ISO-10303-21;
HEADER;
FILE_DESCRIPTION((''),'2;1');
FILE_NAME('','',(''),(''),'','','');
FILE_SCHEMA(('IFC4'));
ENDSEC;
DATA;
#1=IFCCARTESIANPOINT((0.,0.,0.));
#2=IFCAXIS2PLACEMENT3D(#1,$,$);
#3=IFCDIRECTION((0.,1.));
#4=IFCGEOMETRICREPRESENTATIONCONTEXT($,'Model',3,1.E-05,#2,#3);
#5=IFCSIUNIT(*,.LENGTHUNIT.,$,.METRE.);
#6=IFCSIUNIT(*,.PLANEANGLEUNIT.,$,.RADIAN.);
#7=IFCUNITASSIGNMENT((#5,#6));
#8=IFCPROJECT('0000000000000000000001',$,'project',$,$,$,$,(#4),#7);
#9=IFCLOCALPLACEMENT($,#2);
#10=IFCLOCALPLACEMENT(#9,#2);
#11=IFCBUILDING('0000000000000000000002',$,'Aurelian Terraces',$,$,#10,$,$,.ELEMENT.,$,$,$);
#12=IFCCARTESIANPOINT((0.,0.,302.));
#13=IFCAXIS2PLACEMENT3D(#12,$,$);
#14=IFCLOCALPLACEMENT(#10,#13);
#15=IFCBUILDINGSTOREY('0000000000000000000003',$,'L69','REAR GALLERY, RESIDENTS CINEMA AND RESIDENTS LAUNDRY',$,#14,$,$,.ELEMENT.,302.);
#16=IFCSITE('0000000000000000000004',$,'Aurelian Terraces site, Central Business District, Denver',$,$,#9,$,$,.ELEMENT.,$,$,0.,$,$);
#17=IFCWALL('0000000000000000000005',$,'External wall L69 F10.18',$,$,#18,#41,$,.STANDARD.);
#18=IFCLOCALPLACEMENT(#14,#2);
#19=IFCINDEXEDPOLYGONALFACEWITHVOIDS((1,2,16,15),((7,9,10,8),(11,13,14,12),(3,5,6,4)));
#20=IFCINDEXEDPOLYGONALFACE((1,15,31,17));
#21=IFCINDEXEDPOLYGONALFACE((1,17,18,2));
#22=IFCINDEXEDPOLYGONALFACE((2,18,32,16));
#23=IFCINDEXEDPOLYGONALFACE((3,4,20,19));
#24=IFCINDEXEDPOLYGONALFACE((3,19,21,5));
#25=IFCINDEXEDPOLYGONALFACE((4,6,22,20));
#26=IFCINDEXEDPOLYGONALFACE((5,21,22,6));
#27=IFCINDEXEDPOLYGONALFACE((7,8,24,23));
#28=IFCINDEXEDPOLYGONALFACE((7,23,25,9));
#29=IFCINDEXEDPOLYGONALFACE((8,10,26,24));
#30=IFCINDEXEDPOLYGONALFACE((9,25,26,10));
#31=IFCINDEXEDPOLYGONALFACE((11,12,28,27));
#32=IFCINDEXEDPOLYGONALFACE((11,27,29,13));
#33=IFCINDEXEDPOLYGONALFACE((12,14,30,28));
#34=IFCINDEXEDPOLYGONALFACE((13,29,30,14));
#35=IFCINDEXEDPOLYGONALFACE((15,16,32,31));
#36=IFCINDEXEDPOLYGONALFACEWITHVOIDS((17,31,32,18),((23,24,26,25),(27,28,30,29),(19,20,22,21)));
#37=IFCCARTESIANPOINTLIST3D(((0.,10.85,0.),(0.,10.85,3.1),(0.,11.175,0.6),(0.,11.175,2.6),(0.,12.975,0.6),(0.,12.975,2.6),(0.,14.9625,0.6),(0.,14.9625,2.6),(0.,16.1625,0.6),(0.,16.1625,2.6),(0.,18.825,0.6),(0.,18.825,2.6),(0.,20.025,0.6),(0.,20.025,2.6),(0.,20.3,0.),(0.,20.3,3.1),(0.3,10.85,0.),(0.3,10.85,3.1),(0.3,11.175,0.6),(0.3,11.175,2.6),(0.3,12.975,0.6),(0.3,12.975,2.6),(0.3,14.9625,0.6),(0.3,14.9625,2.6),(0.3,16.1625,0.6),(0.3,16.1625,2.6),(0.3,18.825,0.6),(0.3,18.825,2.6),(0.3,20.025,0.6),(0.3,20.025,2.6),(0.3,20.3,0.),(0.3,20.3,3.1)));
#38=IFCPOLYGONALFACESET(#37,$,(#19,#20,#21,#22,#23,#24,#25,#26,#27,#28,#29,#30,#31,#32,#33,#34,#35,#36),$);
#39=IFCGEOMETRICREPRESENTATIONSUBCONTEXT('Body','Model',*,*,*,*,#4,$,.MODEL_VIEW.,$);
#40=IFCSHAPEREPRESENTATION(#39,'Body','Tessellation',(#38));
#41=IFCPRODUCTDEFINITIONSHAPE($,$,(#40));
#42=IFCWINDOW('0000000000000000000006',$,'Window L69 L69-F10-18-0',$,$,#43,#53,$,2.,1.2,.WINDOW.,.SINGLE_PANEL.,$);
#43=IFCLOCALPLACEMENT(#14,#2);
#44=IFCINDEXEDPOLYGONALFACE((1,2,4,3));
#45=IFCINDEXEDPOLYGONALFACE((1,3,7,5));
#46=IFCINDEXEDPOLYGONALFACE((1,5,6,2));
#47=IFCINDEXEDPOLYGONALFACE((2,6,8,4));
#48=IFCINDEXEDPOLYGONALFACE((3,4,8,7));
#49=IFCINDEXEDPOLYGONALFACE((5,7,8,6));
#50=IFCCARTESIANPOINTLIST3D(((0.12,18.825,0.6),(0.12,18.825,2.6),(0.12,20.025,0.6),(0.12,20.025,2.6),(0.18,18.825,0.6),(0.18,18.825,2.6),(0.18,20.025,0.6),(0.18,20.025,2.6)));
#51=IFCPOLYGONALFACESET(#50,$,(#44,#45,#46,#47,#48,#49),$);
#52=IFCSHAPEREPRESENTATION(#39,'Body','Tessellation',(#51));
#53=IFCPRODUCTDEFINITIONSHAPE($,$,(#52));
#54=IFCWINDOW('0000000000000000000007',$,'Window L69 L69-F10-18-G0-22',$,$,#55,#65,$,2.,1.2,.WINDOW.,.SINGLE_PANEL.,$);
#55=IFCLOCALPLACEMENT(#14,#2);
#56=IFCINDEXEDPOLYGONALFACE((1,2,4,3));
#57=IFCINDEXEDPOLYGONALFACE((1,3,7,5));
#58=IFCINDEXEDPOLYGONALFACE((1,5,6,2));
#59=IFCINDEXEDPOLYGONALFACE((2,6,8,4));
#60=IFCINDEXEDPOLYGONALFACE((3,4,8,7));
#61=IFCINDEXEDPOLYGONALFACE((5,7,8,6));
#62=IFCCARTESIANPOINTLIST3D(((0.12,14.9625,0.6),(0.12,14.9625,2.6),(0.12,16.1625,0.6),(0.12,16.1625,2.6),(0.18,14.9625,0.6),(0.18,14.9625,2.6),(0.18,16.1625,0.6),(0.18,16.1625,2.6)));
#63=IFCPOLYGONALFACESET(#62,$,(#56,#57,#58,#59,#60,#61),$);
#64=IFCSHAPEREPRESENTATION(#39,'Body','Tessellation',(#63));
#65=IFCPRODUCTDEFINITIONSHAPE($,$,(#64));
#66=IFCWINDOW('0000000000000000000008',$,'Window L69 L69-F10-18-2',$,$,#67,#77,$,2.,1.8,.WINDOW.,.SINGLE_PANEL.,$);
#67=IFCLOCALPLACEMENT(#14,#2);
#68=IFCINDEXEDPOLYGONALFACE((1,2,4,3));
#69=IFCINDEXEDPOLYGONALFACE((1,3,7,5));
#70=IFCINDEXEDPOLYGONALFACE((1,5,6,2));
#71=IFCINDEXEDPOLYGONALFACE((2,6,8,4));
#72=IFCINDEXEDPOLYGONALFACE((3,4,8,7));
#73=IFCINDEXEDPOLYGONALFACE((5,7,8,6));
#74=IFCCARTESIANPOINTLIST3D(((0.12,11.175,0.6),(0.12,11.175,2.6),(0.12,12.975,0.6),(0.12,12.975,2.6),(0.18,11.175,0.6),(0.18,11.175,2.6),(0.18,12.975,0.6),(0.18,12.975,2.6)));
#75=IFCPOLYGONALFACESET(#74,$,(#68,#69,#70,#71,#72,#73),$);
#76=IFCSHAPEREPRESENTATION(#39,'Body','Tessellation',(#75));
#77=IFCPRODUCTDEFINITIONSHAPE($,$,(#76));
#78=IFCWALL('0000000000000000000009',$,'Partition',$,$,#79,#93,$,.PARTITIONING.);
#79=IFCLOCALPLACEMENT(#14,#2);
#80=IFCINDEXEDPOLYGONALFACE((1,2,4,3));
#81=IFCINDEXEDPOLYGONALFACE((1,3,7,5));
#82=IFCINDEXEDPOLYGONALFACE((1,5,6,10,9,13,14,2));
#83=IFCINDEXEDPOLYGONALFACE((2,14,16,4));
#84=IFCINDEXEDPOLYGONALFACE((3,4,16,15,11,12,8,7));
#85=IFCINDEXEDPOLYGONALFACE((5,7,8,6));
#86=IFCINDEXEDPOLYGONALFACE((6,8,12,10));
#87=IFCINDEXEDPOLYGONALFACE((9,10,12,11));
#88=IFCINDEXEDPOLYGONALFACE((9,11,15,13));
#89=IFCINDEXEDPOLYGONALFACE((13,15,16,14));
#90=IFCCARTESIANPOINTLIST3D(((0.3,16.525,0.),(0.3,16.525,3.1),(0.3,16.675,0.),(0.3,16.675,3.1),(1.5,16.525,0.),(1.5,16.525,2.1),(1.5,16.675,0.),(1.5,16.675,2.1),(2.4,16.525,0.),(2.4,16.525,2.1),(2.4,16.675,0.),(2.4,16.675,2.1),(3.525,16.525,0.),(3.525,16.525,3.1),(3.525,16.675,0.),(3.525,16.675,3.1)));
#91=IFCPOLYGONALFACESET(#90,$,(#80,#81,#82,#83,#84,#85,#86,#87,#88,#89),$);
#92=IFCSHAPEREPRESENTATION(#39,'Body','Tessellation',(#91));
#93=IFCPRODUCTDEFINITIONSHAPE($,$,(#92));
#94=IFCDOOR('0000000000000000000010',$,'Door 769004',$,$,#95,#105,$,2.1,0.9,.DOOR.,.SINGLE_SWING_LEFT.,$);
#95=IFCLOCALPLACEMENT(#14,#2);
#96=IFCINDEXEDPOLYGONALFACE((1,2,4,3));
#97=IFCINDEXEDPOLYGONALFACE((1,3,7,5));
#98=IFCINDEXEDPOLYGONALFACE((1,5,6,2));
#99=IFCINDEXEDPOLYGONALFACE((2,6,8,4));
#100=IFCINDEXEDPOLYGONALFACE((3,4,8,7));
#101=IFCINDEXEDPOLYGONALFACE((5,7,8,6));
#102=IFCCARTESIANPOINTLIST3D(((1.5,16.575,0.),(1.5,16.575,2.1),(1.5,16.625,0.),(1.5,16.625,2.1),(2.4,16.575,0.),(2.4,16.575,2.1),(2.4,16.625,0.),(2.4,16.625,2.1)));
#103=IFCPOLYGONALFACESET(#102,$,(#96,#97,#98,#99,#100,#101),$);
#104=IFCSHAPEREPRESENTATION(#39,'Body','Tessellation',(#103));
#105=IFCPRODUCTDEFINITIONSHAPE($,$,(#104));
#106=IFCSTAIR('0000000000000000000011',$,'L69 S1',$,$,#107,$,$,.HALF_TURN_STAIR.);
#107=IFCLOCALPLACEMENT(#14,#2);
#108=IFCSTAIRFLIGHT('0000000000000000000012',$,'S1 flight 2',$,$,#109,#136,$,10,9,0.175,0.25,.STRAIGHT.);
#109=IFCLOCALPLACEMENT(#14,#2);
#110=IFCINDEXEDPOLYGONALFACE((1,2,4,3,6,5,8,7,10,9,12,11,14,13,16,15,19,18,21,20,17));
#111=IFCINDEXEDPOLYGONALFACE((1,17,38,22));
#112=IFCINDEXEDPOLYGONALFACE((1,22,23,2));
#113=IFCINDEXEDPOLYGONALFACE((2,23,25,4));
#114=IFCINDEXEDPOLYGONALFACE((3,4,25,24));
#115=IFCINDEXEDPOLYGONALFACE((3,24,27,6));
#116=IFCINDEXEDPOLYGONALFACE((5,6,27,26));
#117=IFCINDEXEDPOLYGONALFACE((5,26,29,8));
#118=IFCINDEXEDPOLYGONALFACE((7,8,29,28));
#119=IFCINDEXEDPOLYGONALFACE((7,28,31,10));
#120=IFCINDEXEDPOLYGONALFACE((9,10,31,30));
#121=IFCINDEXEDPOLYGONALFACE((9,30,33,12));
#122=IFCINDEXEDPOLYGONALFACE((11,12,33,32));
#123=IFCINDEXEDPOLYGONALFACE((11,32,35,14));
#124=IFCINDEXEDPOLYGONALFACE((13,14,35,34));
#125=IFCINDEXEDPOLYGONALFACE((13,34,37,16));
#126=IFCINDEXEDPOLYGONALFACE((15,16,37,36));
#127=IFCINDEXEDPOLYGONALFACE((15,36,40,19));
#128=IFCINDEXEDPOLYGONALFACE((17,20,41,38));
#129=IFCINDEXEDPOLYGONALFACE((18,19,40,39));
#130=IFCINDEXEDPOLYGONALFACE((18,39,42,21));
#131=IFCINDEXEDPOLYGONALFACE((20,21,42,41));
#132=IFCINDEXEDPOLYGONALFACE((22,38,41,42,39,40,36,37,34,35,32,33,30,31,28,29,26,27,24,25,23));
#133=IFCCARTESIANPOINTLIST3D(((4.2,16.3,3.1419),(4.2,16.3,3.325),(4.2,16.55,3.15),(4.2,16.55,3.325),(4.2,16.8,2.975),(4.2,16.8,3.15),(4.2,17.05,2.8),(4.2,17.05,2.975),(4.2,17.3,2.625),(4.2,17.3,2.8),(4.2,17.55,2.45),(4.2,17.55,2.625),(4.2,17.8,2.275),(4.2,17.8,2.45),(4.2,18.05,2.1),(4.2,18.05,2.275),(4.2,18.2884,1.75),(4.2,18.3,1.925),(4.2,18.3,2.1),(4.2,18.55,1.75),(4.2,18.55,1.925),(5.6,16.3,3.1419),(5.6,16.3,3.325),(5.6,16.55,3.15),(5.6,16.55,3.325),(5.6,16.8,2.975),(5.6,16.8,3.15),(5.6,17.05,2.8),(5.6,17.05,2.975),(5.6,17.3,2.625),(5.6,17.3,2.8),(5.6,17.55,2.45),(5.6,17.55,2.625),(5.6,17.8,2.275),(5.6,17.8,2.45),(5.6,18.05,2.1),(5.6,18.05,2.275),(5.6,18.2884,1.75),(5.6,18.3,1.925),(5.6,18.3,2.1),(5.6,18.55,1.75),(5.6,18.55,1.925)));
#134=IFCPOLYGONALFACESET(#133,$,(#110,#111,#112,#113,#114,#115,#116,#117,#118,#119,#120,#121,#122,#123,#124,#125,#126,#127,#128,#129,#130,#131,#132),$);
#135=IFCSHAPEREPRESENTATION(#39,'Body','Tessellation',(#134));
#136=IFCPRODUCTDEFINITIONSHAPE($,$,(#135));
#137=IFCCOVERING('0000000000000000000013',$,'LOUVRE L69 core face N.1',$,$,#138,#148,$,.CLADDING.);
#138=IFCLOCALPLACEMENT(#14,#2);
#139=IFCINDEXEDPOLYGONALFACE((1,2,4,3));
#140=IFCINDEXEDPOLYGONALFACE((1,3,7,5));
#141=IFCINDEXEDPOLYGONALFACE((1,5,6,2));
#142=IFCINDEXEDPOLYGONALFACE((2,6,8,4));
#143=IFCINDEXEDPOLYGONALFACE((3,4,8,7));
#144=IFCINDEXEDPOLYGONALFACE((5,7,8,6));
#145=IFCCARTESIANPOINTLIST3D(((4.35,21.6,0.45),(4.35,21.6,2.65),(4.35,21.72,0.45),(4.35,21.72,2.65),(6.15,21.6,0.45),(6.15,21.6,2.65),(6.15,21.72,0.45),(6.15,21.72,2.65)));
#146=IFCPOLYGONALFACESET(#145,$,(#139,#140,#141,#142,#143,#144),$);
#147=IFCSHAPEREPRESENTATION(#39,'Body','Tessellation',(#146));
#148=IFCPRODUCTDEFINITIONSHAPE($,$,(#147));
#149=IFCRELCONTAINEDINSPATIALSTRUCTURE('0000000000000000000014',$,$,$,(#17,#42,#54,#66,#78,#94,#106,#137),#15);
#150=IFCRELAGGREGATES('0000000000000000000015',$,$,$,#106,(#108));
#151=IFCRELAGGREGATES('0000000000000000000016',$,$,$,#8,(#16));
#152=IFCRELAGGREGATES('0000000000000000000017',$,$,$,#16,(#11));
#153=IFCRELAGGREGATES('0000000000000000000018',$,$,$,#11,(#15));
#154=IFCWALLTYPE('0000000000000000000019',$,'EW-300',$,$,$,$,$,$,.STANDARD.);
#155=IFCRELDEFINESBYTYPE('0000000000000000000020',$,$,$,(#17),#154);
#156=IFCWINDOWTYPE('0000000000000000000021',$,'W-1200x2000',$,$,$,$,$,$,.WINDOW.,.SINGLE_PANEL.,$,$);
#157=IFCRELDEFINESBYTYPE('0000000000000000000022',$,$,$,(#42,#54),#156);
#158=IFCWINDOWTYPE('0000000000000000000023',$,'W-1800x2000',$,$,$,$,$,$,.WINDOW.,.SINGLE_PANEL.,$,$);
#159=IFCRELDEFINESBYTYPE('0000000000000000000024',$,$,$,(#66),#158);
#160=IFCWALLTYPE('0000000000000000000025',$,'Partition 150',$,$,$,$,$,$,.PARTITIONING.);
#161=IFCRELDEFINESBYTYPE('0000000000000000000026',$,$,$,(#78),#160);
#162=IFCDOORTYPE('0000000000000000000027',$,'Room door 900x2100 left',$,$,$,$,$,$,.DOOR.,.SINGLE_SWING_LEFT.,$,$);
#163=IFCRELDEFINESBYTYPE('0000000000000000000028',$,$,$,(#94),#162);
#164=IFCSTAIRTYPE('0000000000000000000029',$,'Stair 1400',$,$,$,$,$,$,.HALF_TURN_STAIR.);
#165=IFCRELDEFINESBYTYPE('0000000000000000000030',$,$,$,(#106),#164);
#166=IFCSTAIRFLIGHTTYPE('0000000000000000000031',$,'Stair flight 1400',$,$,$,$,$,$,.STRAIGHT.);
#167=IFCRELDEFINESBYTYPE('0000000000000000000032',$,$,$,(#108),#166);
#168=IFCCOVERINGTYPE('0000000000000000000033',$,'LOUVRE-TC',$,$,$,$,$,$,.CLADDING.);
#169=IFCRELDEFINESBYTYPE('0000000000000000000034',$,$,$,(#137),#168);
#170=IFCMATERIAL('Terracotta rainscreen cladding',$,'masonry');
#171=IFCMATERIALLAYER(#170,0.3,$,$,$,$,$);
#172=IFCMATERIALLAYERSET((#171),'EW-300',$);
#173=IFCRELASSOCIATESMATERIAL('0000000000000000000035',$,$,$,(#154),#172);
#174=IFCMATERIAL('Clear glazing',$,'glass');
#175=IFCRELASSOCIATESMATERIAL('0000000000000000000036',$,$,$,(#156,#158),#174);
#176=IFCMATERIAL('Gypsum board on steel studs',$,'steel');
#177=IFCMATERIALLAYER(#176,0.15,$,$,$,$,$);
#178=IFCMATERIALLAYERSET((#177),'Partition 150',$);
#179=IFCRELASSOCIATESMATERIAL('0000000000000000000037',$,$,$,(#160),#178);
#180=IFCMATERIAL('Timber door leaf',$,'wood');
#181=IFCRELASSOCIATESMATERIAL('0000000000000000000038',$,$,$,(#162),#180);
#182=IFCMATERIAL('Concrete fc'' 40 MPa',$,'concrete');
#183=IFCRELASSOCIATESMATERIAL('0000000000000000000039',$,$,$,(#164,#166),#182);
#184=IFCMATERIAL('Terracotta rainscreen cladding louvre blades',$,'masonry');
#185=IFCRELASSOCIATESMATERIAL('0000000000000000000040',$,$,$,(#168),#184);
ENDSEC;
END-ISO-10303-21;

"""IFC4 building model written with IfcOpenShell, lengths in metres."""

from ifc_helpers import new_model, si_unit, direction, frame, frame_2d, origin, origin_2d, place, context, subcontext, project, spatial, polyline, rectangle, outline, extrude, source, transform, mapped, material, layer, layer_set, type_object, element, fill, aggregate, save


model = new_model("IFC4")

# Units and contexts
model_context = context("Model", 3, precision=1e-05, world=origin(), true_north=direction((0.0, 1.0)))
body_context = subcontext(model_context, "Body", "Model", "MODEL_VIEW")
ifc_project = project(units=[si_unit("LENGTHUNIT", "METRE"), si_unit("PLANEANGLEUNIT", "RADIAN")], contexts=[model_context])

# Site, building, storey
site_placement = place(None, origin())
site = spatial("IfcSite", under=ifc_project, at=site_placement, Name="Aurelian Terraces site, Central Business District, Denver", CompositionType="ELEMENT", RefElevation=0.0)
building_placement = place(site_placement, origin())
building = spatial("IfcBuilding", under=site, at=building_placement, Name="Aurelian Terraces", CompositionType="ELEMENT")
storey_placement = place(building_placement, frame((0.0, 0.0, 302.0)))
storey = spatial("IfcBuildingStorey", under=building, at=storey_placement, Name="L69", Description="REAR GALLERY, RESIDENTS CINEMA AND RESIDENTS LAUNDRY", CompositionType="ELEMENT", Elevation=302.0)

# Shared definitions
ifc_material_1 = material(Name="Terracotta rainscreen cladding", Category="masonry")
ifc_layer_1 = layer(ifc_material_1, 0.3)
ifc_layer_set_1 = layer_set([ifc_layer_1], Name="EW-300")
wall_type_1 = type_object("IfcWallType", Name="EW-300", PredefinedType="STANDARD", material=ifc_layer_set_1)
ifc_material_2 = material(Name="Clear glazing", Category="glass")

# Wall, openings, windows
shared_shape_1 = source(origin(), body_context, "Body", "SweptSolid", [
    extrude(rectangle(XDim=9.45, YDim=0.3, at=frame_2d((4.725, 0.0))), origin(), (0.0, 0.0, 1.0), 3.1),
])
wall_1_placement = place(storey_placement, frame((0.15, 20.3, 0.0), z_axis=(0.0, 0.0, 1.0), x_axis=(0.0, -1.0, 0.0)))
wall_1 = element("IfcWall", 1, at=wall_1_placement, inside=storey, type_object=wall_type_1, Name="External wall L69 F10.18", PredefinedType="STANDARD", context=body_context, shape_type="MappedRepresentation", body=[
    mapped(shared_shape_1, transform((0.0, 0.0, 0.0), scale=1.0)),
])
shared_shape_2 = source(origin(), body_context, "Body", "SweptSolid", [
    extrude(rectangle(XDim=1.2, YDim=2.0, at=frame_2d((0.6, 1.0))), frame((0.0, 0.16, 0.0), z_axis=(0.0, -1.0, 0.0), x_axis=(1.0, 0.0, 0.0)), (0.0, 0.0, 1.0), 0.32),
])
opening_1_placement = place(wall_1_placement, frame((0.275, 0.0, 0.6)))
opening_1 = element("IfcOpeningElement", 2, at=opening_1_placement, cuts=wall_1, PredefinedType="OPENING", context=body_context, shape_type="MappedRepresentation", body=[
    mapped(shared_shape_2, transform((0.0, 0.0, 0.0), scale=1.0)),
])
shared_shape_3 = source(origin(), body_context, "Body", "SweptSolid", [
    extrude(rectangle(XDim=1.8, YDim=2.0, at=frame_2d((0.9, 1.0))), frame((0.0, 0.16, 0.0), z_axis=(0.0, -1.0, 0.0), x_axis=(1.0, 0.0, 0.0)), (0.0, 0.0, 1.0), 0.32),
])
opening_2_placement = place(wall_1_placement, frame((7.325, 0.0, 0.6)))
opening_2 = element("IfcOpeningElement", 3, at=opening_2_placement, cuts=wall_1, PredefinedType="OPENING", context=body_context, shape_type="MappedRepresentation", body=[
    mapped(shared_shape_3, transform((0.0, 0.0, 0.0), scale=1.0)),
])
opening_3_placement = place(wall_1_placement, frame((4.1375, 0.0, 0.6)))
opening_3 = element("IfcOpeningElement", 4, at=opening_3_placement, cuts=wall_1, PredefinedType="OPENING", context=body_context, shape_type="MappedRepresentation", body=[
    mapped(shared_shape_2, transform((0.0, 0.0, 0.0), scale=1.0)),
])
window_type_1 = type_object("IfcWindowType", Name="W-1200x2000", PartitioningType="SINGLE_PANEL", PredefinedType="WINDOW", material=ifc_material_2)
shared_shape_4 = source(origin(), body_context, "Body", "SweptSolid", [
    extrude(rectangle(XDim=1.2, YDim=2.0, at=frame_2d((0.6, 1.0))), frame((0.0, 0.03, 0.0), z_axis=(0.0, -1.0, 0.0), x_axis=(1.0, 0.0, 0.0)), (0.0, 0.0, 1.0), 0.06),
])
window_1_placement = place(opening_1_placement, origin())
window_1 = element("IfcWindow", 5, at=window_1_placement, inside=storey, type_object=window_type_1, Name="Window L69 L69-F10-18-0", OverallHeight=2.0, OverallWidth=1.2, PartitioningType="SINGLE_PANEL", PredefinedType="WINDOW", context=body_context, shape_type="MappedRepresentation", body=[
    mapped(shared_shape_4, transform((0.0, 0.0, 0.0), scale=1.0)),
])
fill(opening_1, window_1)
window_2_placement = place(opening_3_placement, origin())
window_2 = element("IfcWindow", 6, at=window_2_placement, inside=storey, type_object=window_type_1, Name="Window L69 L69-F10-18-G0-22", OverallHeight=2.0, OverallWidth=1.2, PartitioningType="SINGLE_PANEL", PredefinedType="WINDOW", context=body_context, shape_type="MappedRepresentation", body=[
    mapped(shared_shape_4, transform((0.0, 0.0, 0.0), scale=1.0)),
])
fill(opening_3, window_2)
window_type_2 = type_object("IfcWindowType", Name="W-1800x2000", PartitioningType="SINGLE_PANEL", PredefinedType="WINDOW", material=ifc_material_2)
shared_shape_5 = source(origin(), body_context, "Body", "SweptSolid", [
    extrude(rectangle(XDim=1.8, YDim=2.0, at=frame_2d((0.9, 1.0))), frame((0.0, 0.03, 0.0), z_axis=(0.0, -1.0, 0.0), x_axis=(1.0, 0.0, 0.0)), (0.0, 0.0, 1.0), 0.06),
])
window_3_placement = place(opening_2_placement, origin())
window_3 = element("IfcWindow", 7, at=window_3_placement, inside=storey, type_object=window_type_2, Name="Window L69 L69-F10-18-2", OverallHeight=2.0, OverallWidth=1.8, PartitioningType="SINGLE_PANEL", PredefinedType="WINDOW", context=body_context, shape_type="MappedRepresentation", body=[
    mapped(shared_shape_5, transform((0.0, 0.0, 0.0), scale=1.0)),
])
fill(opening_2, window_3)

# Wall, opening, door
ifc_material_3 = material(Name="Gypsum board on steel studs", Category="steel")
ifc_layer_2 = layer(ifc_material_3, 0.15)
ifc_layer_set_2 = layer_set([ifc_layer_2], Name="Partition 150")
wall_type_2 = type_object("IfcWallType", Name="Partition 150", PredefinedType="PARTITIONING", material=ifc_layer_set_2)
shared_shape_6 = source(origin(), body_context, "Body", "SweptSolid", [
    extrude(rectangle(XDim=3.225, YDim=0.15, at=frame_2d((1.6125, 0.0))), origin(), (0.0, 0.0, 1.0), 3.1),
])
wall_2_placement = place(storey_placement, frame((0.3, 16.6, 0.0), z_axis=(0.0, 0.0, 1.0), x_axis=(1.0, 0.0, 0.0)))
wall_2 = element("IfcWall", 8, at=wall_2_placement, inside=storey, type_object=wall_type_2, Name="Partition", PredefinedType="PARTITIONING", context=body_context, shape_type="MappedRepresentation", body=[
    mapped(shared_shape_6, transform((0.0, 0.0, 0.0), scale=1.0)),
])
shared_shape_7 = source(origin(), body_context, "Body", "SweptSolid", [
    extrude(rectangle(XDim=0.9, YDim=2.1, at=frame_2d((0.45, 1.05))), frame((0.0, 0.085, 0.0), z_axis=(0.0, -1.0, 0.0), x_axis=(1.0, 0.0, 0.0)), (0.0, 0.0, 1.0), 0.17),
])
opening_4_placement = place(wall_2_placement, frame((1.2, 0.0, 0.0)))
opening_4 = element("IfcOpeningElement", 9, at=opening_4_placement, cuts=wall_2, PredefinedType="OPENING", context=body_context, shape_type="MappedRepresentation", body=[
    mapped(shared_shape_7, transform((0.0, 0.0, 0.0), scale=1.0)),
])
ifc_material_4 = material(Name="Timber door leaf", Category="wood")
door_type = type_object("IfcDoorType", Name="Room door 900x2100 left", OperationType="SINGLE_SWING_LEFT", PredefinedType="DOOR", material=ifc_material_4)
shared_shape_8 = source(origin(), body_context, "Body", "SweptSolid", [
    extrude(rectangle(XDim=0.9, YDim=2.1, at=frame_2d((0.45, 1.05))), frame((0.0, 0.025, 0.0), z_axis=(0.0, -1.0, 0.0), x_axis=(1.0, 0.0, 0.0)), (0.0, 0.0, 1.0), 0.05),
])
door_placement = place(opening_4_placement, origin())
door = element("IfcDoor", 10, at=door_placement, inside=storey, type_object=door_type, Name="Door 769004", OperationType="SINGLE_SWING_LEFT", OverallHeight=2.1, OverallWidth=0.9, PredefinedType="DOOR", context=body_context, shape_type="MappedRepresentation", body=[
    mapped(shared_shape_8, transform((0.0, 0.0, 0.0), scale=1.0)),
])
fill(opening_4, door)

# Stair, stair flight
ifc_material_5 = material(Name="Concrete fc' 40 MPa", Category="concrete")
stair_type = type_object("IfcStairType", Name="Stair 1400", PredefinedType="HALF_TURN_STAIR", material=ifc_material_5)
stair_placement = place(storey_placement, origin())
stair = element("IfcStair", 11, at=stair_placement, inside=storey, type_object=stair_type, Name="L69 S1", PredefinedType="HALF_TURN_STAIR")
stair_flight_type = type_object("IfcStairFlightType", Name="Stair flight 1400", PredefinedType="STRAIGHT", material=ifc_material_5)
shared_shape_9 = source(origin(), body_context, "Body", "SweptSolid", [
    extrude(outline(polyline([(0.0, 0.0), (0.0, 0.175), (0.25, 0.175), (0.25, 0.35), (0.5, 0.35), (0.5, 0.525), (0.75, 0.525), (0.75, 0.7), (1.0, 0.7), (1.0, 0.875), (1.25, 0.875), (1.25, 1.05), (1.5, 1.05), (1.5, 1.225), (1.75, 1.225), (1.75, 1.4), (2.0, 1.4), (2.0, 1.575), (2.25, 1.575), (2.25, 1.75), (2.25, 1.3919), (0.2616, 0.0), (0.0, 0.0)])), frame((0.0, 0.7, 0.0), z_axis=(0.0, -1.0, 0.0), x_axis=(1.0, 0.0, 0.0)), (0.0, 0.0, 1.0), 1.4),
])
stair_flight_placement = place(storey_placement, frame((4.9, 18.55, 1.75), z_axis=(0.0, 0.0, 1.0), x_axis=(0.0, -1.0, 0.0)))
stair_flight = element("IfcStairFlight", 12, at=stair_flight_placement, type_object=stair_flight_type, Name="S1 flight 2", NumberOfRisers=10, NumberOfTreads=9, PredefinedType="STRAIGHT", RiserHeight=0.175, TreadLength=0.25, context=body_context, shape_type="MappedRepresentation", body=[
    mapped(shared_shape_9, transform((0.0, 0.0, 0.0), scale=1.0)),
])
aggregate(stair, [stair_flight])

# Covering
ifc_material_6 = material(Name="Terracotta rainscreen cladding louvre blades", Category="masonry")
covering_type_1 = type_object("IfcCoveringType", Name="LOUVRE-TC", PredefinedType="CLADDING", material=ifc_material_6)
shared_shape_10 = source(origin(), body_context, "Body", "SweptSolid", [
    extrude(rectangle(XDim=1.8, YDim=0.12, at=origin_2d()), origin(), (0.0, 0.0, 1.0), 2.2),
])
covering_1_placement = place(storey_placement, frame((5.25, 21.66, 0.45), z_axis=(0.0, 0.0, 1.0), x_axis=(1.0, 0.0, 0.0)))
element("IfcCovering", 13, at=covering_1_placement, inside=storey, type_object=covering_type_1, Name="LOUVRE L69 core face N.1", PredefinedType="CLADDING", context=body_context, shape_type="MappedRepresentation", body=[
    mapped(shared_shape_10, transform((0.0, 0.0, 0.0), scale=1.0)),
])

save(model, "model.ifc")
